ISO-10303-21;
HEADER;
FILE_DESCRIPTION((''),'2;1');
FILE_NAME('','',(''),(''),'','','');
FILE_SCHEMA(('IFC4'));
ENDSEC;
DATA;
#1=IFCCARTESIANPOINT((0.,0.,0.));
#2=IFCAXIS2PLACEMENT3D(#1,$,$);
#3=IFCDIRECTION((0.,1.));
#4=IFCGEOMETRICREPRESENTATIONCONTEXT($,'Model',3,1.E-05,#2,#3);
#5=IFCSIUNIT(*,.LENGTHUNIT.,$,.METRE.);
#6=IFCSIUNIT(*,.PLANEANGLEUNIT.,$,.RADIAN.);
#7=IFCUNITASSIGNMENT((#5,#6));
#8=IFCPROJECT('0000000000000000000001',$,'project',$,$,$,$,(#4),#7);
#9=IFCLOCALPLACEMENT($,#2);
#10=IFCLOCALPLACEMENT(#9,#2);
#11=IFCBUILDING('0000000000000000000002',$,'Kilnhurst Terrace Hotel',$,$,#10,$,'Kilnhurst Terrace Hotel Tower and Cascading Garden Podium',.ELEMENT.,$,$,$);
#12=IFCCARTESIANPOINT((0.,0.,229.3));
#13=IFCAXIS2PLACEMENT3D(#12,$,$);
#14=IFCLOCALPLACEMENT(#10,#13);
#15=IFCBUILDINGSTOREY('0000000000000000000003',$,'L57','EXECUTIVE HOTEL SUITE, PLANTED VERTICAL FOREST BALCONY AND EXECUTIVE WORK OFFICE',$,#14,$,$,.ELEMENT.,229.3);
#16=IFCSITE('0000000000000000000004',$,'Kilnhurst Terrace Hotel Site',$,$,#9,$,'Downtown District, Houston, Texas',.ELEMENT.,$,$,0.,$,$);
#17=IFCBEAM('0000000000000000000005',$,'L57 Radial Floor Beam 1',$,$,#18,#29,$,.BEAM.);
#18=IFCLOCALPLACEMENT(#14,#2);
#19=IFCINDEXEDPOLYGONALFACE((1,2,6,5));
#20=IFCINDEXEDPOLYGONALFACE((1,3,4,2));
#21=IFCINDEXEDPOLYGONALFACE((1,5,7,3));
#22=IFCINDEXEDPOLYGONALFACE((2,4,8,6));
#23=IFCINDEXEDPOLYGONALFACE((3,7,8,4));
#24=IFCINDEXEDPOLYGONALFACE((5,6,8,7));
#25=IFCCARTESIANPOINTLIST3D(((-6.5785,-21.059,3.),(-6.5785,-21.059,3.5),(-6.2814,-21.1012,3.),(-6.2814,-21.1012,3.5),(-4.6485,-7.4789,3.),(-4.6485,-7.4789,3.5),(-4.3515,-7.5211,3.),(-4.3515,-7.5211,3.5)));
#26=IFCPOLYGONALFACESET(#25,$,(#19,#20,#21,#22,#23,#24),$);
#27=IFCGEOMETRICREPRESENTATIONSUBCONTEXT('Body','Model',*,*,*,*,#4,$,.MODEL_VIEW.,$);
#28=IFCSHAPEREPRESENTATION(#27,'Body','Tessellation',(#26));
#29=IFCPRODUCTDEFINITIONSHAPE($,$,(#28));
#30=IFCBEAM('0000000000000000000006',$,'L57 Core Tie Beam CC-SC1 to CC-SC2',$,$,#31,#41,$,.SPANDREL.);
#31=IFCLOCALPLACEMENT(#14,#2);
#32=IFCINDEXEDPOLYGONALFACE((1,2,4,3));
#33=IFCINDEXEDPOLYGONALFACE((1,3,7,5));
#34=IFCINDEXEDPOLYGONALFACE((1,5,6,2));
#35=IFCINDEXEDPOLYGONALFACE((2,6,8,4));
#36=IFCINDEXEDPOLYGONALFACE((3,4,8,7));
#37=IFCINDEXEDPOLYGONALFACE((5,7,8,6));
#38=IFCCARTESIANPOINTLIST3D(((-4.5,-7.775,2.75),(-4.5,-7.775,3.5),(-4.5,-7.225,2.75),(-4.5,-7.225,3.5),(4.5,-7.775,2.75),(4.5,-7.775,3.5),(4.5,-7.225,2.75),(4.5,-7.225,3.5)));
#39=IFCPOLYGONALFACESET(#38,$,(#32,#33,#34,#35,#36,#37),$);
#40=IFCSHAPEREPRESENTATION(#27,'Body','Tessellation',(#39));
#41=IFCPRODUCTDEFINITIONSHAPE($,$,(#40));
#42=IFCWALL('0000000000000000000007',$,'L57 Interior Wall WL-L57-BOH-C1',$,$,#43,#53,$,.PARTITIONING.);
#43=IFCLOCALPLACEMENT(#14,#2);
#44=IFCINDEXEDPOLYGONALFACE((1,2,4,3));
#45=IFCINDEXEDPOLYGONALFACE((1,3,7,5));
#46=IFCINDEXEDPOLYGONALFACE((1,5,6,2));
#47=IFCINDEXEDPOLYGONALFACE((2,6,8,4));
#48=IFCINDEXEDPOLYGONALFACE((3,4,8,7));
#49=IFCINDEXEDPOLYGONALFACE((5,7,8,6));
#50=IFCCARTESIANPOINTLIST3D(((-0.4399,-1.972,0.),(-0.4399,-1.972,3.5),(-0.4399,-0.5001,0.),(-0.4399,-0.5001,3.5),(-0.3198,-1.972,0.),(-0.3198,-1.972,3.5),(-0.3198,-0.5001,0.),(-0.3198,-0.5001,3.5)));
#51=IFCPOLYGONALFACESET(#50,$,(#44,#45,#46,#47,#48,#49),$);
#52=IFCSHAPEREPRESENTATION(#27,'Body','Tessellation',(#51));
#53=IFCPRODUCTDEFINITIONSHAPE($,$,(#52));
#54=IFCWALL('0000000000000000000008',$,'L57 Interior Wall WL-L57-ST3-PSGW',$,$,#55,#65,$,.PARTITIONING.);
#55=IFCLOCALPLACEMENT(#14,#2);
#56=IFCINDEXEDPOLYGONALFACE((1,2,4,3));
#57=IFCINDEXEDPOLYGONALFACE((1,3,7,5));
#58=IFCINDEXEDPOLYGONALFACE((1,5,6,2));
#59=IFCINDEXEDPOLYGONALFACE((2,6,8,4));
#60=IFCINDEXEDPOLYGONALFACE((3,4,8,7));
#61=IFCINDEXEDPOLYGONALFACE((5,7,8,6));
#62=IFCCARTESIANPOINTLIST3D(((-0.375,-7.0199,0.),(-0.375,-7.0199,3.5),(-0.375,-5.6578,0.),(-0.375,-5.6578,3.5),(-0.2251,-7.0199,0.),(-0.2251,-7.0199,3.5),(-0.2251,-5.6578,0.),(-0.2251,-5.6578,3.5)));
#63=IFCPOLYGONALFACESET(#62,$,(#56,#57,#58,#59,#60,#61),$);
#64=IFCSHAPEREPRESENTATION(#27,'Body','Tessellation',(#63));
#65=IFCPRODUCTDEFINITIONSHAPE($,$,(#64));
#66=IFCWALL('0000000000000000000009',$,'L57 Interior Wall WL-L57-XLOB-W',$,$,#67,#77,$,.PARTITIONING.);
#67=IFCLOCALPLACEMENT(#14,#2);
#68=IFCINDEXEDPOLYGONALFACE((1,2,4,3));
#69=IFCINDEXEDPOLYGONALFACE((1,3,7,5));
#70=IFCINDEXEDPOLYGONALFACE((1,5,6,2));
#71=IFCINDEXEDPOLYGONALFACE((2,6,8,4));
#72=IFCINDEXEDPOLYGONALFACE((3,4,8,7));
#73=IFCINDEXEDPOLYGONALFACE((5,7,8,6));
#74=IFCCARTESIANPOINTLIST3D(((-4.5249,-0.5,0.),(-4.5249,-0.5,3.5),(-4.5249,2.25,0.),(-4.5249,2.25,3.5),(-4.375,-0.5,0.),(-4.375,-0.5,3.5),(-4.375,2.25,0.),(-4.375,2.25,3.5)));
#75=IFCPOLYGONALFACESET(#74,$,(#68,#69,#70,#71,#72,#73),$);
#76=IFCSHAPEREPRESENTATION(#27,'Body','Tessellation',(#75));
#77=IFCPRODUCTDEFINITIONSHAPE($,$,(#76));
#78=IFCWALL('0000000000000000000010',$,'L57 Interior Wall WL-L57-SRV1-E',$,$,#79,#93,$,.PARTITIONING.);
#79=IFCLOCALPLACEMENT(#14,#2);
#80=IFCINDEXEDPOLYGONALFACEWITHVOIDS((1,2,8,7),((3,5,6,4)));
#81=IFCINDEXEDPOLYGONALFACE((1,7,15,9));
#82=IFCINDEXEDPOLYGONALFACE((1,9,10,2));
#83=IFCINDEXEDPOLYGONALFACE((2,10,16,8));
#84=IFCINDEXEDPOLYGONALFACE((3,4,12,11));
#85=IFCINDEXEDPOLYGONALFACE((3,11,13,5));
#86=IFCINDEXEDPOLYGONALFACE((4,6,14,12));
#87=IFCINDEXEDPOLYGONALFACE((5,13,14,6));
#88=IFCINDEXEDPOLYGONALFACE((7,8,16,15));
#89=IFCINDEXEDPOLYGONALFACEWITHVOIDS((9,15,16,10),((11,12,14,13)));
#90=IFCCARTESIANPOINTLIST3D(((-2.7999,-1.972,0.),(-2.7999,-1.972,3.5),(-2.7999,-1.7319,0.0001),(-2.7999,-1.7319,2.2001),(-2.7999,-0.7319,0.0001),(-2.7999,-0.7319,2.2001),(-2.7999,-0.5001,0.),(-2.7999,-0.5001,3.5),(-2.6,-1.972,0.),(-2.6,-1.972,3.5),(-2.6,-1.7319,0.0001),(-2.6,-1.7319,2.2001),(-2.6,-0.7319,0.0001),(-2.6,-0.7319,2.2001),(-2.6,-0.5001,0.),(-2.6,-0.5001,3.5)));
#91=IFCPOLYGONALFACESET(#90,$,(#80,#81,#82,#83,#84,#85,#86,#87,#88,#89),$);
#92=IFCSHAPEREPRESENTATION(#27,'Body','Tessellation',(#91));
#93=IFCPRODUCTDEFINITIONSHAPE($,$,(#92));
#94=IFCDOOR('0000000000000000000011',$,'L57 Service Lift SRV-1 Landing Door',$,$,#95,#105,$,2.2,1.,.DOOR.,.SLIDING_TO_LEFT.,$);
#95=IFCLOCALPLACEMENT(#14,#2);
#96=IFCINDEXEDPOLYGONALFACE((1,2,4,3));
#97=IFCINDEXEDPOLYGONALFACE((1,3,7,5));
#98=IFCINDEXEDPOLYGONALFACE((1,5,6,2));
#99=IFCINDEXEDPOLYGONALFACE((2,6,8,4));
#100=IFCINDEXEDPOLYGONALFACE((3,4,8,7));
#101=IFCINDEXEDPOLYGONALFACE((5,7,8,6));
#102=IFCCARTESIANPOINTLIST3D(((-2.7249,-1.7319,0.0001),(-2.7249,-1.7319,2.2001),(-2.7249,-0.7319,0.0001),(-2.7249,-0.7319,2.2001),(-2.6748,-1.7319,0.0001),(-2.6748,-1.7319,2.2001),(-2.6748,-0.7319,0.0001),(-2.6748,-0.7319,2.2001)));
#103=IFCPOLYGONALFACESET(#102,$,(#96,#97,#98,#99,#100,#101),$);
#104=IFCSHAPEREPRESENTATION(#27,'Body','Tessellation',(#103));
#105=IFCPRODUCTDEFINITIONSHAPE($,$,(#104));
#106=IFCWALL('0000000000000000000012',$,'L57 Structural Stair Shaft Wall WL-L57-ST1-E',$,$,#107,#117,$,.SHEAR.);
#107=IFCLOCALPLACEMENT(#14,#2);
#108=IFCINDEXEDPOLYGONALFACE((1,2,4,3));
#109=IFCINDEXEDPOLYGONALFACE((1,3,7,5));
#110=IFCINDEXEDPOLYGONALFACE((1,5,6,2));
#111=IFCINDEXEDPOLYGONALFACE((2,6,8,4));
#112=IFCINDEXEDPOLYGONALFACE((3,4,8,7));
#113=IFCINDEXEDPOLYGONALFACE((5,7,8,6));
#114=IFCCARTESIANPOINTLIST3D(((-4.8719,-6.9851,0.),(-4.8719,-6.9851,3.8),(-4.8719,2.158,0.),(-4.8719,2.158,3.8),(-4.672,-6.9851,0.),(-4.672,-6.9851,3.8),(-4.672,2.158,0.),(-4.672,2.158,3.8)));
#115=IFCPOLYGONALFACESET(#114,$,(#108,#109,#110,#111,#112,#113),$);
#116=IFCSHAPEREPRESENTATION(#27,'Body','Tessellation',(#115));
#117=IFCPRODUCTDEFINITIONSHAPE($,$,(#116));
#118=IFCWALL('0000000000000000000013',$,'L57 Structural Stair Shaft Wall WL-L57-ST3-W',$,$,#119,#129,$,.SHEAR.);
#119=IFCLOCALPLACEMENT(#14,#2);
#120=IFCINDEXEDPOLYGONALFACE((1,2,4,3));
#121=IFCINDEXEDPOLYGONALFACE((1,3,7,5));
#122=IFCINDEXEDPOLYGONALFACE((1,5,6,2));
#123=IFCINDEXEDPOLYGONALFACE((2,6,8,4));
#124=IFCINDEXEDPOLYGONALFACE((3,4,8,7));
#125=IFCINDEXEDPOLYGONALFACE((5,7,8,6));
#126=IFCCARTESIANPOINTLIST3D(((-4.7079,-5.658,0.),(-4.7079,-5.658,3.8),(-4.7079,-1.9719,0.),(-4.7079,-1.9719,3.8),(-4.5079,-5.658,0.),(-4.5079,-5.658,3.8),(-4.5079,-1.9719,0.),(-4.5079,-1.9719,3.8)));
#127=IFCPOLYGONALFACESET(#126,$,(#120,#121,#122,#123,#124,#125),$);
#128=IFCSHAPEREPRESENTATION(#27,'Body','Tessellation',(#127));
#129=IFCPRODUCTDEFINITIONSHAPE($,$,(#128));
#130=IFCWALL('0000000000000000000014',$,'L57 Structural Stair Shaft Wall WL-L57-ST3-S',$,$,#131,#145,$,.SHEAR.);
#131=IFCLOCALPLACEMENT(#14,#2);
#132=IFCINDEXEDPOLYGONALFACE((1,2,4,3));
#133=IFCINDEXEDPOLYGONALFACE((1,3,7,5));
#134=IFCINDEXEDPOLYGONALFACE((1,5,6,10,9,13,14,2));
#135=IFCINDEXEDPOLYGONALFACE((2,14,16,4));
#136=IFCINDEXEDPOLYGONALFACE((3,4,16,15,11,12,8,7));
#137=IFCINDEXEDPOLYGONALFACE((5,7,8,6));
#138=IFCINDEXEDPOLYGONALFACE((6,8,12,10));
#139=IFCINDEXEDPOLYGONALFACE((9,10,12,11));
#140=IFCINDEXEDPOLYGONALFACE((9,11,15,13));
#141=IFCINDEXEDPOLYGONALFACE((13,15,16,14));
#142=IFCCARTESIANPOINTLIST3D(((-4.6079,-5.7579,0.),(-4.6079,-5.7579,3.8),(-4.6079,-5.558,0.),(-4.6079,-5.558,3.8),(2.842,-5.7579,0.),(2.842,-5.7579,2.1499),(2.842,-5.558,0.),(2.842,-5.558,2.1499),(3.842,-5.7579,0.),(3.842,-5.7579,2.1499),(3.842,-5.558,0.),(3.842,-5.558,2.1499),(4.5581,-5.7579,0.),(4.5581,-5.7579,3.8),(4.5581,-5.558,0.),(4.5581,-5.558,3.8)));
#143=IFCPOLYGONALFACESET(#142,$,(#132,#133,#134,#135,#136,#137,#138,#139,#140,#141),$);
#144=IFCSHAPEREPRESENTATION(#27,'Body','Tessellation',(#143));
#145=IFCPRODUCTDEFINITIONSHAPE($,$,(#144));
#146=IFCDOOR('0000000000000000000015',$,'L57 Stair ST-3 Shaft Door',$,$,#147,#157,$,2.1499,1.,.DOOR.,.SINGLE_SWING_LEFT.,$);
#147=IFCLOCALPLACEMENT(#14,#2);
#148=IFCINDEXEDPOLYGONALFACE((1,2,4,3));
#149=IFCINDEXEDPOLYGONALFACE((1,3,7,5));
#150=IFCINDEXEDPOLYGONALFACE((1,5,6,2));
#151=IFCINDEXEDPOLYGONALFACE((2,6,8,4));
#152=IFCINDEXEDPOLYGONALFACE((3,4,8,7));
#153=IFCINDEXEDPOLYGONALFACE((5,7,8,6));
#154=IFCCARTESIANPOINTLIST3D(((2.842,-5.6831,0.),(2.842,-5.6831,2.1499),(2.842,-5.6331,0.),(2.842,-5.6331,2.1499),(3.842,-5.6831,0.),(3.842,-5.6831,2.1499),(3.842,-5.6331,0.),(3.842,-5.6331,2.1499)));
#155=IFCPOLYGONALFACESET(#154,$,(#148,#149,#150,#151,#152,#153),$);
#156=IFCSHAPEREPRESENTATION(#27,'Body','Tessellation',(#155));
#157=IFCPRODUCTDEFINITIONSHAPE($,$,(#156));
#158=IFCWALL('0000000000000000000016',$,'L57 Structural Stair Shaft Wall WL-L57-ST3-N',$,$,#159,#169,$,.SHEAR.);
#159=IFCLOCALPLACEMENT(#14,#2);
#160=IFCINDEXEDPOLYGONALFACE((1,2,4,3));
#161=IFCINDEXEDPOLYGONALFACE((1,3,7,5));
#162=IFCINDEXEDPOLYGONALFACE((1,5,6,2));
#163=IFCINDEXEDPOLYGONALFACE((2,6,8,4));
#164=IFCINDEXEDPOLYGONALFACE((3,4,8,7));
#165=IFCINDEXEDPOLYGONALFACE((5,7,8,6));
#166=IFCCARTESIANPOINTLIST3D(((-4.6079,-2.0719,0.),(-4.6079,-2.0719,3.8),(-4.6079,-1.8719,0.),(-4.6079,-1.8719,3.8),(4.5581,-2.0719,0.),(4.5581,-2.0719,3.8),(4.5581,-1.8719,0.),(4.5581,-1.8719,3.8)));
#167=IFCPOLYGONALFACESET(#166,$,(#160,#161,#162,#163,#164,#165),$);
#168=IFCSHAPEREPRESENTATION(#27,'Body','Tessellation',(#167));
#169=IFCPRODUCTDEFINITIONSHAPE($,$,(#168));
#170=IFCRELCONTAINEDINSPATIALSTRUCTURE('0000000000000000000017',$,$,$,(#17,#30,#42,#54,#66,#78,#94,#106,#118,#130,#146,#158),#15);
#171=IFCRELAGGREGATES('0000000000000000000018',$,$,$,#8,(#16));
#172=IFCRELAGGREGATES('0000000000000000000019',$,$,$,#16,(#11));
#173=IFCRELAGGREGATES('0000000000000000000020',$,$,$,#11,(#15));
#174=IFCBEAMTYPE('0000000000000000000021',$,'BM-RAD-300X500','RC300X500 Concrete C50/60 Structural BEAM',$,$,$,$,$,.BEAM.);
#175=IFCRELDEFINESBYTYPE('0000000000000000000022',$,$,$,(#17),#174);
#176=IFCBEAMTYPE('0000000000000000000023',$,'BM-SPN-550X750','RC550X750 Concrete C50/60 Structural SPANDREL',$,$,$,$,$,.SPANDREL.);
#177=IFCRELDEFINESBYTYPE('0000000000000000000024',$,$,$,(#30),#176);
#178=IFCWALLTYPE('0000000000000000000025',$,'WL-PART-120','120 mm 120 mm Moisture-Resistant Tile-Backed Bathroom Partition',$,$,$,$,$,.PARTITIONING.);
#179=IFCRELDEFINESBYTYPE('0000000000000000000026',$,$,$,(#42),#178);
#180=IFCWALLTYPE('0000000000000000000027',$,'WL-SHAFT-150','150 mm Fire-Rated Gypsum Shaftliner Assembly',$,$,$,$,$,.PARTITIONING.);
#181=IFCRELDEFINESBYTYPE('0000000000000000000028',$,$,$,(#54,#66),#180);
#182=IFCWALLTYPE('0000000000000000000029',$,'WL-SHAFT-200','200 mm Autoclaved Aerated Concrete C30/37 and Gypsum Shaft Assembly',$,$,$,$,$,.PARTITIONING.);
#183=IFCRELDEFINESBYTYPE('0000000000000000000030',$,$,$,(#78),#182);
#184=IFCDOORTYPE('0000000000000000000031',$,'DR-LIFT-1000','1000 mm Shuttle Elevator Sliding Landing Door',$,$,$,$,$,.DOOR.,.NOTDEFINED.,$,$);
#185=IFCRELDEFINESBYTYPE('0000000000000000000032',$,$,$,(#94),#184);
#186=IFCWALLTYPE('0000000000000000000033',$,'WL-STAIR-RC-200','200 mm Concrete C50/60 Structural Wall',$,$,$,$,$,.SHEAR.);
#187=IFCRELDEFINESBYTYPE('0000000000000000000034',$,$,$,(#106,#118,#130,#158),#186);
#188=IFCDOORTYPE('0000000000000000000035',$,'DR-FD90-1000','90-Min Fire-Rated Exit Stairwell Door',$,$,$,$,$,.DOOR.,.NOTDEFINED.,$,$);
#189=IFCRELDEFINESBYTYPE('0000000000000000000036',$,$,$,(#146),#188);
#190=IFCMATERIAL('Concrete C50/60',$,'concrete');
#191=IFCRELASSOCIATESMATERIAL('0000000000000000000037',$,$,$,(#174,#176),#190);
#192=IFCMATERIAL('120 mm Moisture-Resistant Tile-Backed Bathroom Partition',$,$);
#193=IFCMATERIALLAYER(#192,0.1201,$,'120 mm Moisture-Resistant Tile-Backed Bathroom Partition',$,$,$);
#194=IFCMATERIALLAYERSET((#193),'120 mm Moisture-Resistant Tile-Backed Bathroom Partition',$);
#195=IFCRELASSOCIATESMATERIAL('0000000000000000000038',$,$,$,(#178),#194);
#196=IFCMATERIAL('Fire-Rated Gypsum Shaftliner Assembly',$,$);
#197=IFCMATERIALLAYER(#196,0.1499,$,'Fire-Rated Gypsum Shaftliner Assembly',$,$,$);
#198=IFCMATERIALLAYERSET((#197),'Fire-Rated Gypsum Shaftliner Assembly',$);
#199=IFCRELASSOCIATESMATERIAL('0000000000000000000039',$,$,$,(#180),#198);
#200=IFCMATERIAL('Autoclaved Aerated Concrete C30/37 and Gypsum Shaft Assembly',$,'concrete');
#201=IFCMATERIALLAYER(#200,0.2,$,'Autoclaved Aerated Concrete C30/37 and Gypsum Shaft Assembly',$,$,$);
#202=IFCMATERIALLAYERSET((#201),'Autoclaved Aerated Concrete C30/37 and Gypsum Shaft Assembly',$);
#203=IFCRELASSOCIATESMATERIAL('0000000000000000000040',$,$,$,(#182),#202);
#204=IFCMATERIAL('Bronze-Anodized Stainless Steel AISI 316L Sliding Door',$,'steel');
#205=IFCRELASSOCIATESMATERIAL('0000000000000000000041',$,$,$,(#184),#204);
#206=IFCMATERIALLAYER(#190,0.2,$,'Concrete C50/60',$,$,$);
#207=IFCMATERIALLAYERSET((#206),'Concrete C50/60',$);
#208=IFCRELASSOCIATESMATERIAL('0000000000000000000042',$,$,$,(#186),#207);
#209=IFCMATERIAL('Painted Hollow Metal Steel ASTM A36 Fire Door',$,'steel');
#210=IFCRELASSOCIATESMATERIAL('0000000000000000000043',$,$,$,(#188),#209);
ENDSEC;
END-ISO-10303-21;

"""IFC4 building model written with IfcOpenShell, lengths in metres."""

from ifc_helpers import new_model, si_unit, direction, frame, frame_2d, origin, origin_2d, place, context, subcontext, project, spatial, rectangle, extrude, material, layer, layer_set, material_profile, profile_set, type_object, element, fill, save


model = new_model("IFC4")

# Units and contexts
model_context = context("Model", 3, precision=1e-05, world=origin(), true_north=direction((0.0, 1.0)))
body_context = subcontext(model_context, "Body", "Model", "MODEL_VIEW")
ifc_project = project(units=[si_unit("LENGTHUNIT", "METRE"), si_unit("PLANEANGLEUNIT", "RADIAN")], contexts=[model_context])

# Site, building, storey
site_placement = place(None, origin())
site = spatial("IfcSite", under=ifc_project, at=site_placement, Name="Kilnhurst Terrace Hotel Site", LongName="Downtown District, Houston, Texas", CompositionType="ELEMENT", RefElevation=0.0)
building_placement = place(site_placement, origin())
building = spatial("IfcBuilding", under=site, at=building_placement, Name="Kilnhurst Terrace Hotel", LongName="Kilnhurst Terrace Hotel Tower and Cascading Garden Podium", CompositionType="ELEMENT")
storey_placement = place(building_placement, frame((0.0, 0.0, 229.3)))
storey = spatial("IfcBuildingStorey", under=building, at=storey_placement, Name="L57", Description="EXECUTIVE HOTEL SUITE, PLANTED VERTICAL FOREST BALCONY AND EXECUTIVE WORK OFFICE", CompositionType="ELEMENT", Elevation=229.3)

# Beams
ifc_material_1 = material(Name="Concrete C50/60", Category="concrete")
ifc_material_profile_1 = material_profile(ifc_material_1, rectangle(XDim=0.3, YDim=0.5, at=origin_2d()), Name="RC300X500")
ifc_profile_set_1 = profile_set([ifc_material_profile_1], Name="Concrete C50/60")
beam_type_1 = type_object("IfcBeamType", Name="BM-RAD-300X500", Description="RC300X500 Concrete C50/60 Structural BEAM", PredefinedType="BEAM", material=ifc_profile_set_1)
beam_1_placement = place(storey_placement, frame((-4.5, -7.5, 3.25), z_axis=(-0.140701, -0.990052, 0.0), x_axis=(0.990052, -0.140701, 0.0)))
element("IfcBeam", 1, at=beam_1_placement, inside=storey, type_object=beam_type_1, Name="L57 Radial Floor Beam 1", PredefinedType="BEAM", context=body_context, shape_type="SweptSolid", body=[
    extrude(rectangle(XDim=0.3, YDim=0.5, at=origin_2d()), origin(), (0.0, 0.0, 1.0), 13.7166),
])
ifc_material_profile_2 = material_profile(ifc_material_1, rectangle(XDim=0.55, YDim=0.75, at=origin_2d()), Name="RC550X750")
ifc_profile_set_2 = profile_set([ifc_material_profile_2], Name="Concrete C50/60")
beam_type_2 = type_object("IfcBeamType", Name="BM-SPN-550X750", Description="RC550X750 Concrete C50/60 Structural SPANDREL", PredefinedType="SPANDREL", material=ifc_profile_set_2)
beam_2_placement = place(storey_placement, frame((-4.5, -7.5, 3.125), z_axis=(1.0, 0.0, 0.0), x_axis=(0.0, 1.0, 0.0)))
element("IfcBeam", 2, at=beam_2_placement, inside=storey, type_object=beam_type_2, Name="L57 Core Tie Beam CC-SC1 to CC-SC2", PredefinedType="SPANDREL", context=body_context, shape_type="SweptSolid", body=[
    extrude(rectangle(XDim=0.55, YDim=0.75, at=origin_2d()), origin(), (0.0, 0.0, 1.0), 9.0),
])

# Walls
ifc_material_2 = material(Name="120 mm Moisture-Resistant Tile-Backed Bathroom Partition")
ifc_layer_1 = layer(ifc_material_2, 0.1201, Name="120 mm Moisture-Resistant Tile-Backed Bathroom Partition")
ifc_layer_set_1 = layer_set([ifc_layer_1], Name="120 mm Moisture-Resistant Tile-Backed Bathroom Partition")
wall_type_1 = type_object("IfcWallType", Name="WL-PART-120", Description="120 mm 120 mm Moisture-Resistant Tile-Backed Bathroom Partition", PredefinedType="PARTITIONING", material=ifc_layer_set_1)
wall_1_placement = place(storey_placement, frame((-0.3799, -1.9719, 0.0), z_axis=(0.0, 0.0, 1.0), x_axis=(0.0, 1.0, 0.0)))
element("IfcWall", 3, at=wall_1_placement, inside=storey, type_object=wall_type_1, Name="L57 Interior Wall WL-L57-BOH-C1", PredefinedType="PARTITIONING", context=body_context, shape_type="SweptSolid", body=[
    extrude(rectangle(XDim=1.4719, YDim=0.1201, at=frame_2d((0.7358, 0.0))), origin(), (0.0, 0.0, 1.0), 3.5),
])
ifc_material_3 = material(Name="Fire-Rated Gypsum Shaftliner Assembly")
ifc_layer_2 = layer(ifc_material_3, 0.1499, Name="Fire-Rated Gypsum Shaftliner Assembly")
ifc_layer_set_2 = layer_set([ifc_layer_2], Name="Fire-Rated Gypsum Shaftliner Assembly")
wall_type_2 = type_object("IfcWallType", Name="WL-SHAFT-150", Description="150 mm Fire-Rated Gypsum Shaftliner Assembly", PredefinedType="PARTITIONING", material=ifc_layer_set_2)
wall_2_placement = place(storey_placement, frame((-0.3, -7.02, 0.0), z_axis=(0.0, 0.0, 1.0), x_axis=(0.0, 1.0, 0.0)))
element("IfcWall", 4, at=wall_2_placement, inside=storey, type_object=wall_type_2, Name="L57 Interior Wall WL-L57-ST3-PSGW", PredefinedType="PARTITIONING", context=body_context, shape_type="SweptSolid", body=[
    extrude(rectangle(XDim=1.3621, YDim=0.1499, at=frame_2d((0.6812, 0.0))), origin(), (0.0, 0.0, 1.0), 3.5),
])
wall_3_placement = place(storey_placement, frame((-4.45, -0.5, 0.0), z_axis=(0.0, 0.0, 1.0), x_axis=(0.0, 1.0, 0.0)))
element("IfcWall", 5, at=wall_3_placement, inside=storey, type_object=wall_type_2, Name="L57 Interior Wall WL-L57-XLOB-W", PredefinedType="PARTITIONING", context=body_context, shape_type="SweptSolid", body=[
    extrude(rectangle(XDim=2.75, YDim=0.1499, at=frame_2d((1.375, 0.0))), origin(), (0.0, 0.0, 1.0), 3.5),
])

# Wall, opening, door
ifc_material_4 = material(Name="Autoclaved Aerated Concrete C30/37 and Gypsum Shaft Assembly", Category="concrete")
ifc_layer_3 = layer(ifc_material_4, 0.2, Name="Autoclaved Aerated Concrete C30/37 and Gypsum Shaft Assembly")
ifc_layer_set_3 = layer_set([ifc_layer_3], Name="Autoclaved Aerated Concrete C30/37 and Gypsum Shaft Assembly")
wall_type_3 = type_object("IfcWallType", Name="WL-SHAFT-200", Description="200 mm Autoclaved Aerated Concrete C30/37 and Gypsum Shaft Assembly", PredefinedType="PARTITIONING", material=ifc_layer_set_3)
wall_4_placement = place(storey_placement, frame((-2.7, -1.9719, 0.0), z_axis=(0.0, 0.0, 1.0), x_axis=(0.0, 1.0, 0.0)))
wall_4 = element("IfcWall", 6, at=wall_4_placement, inside=storey, type_object=wall_type_3, Name="L57 Interior Wall WL-L57-SRV1-E", PredefinedType="PARTITIONING", context=body_context, shape_type="SweptSolid", body=[
    extrude(rectangle(XDim=1.4719, YDim=0.2, at=frame_2d((0.7358, 0.0))), origin(), (0.0, 0.0, 1.0), 3.5),
])
opening_1_placement = place(wall_4_placement, frame((0.24, 0.0, 0.0)))
opening_1 = element("IfcOpeningElement", 7, at=opening_1_placement, cuts=wall_4, PredefinedType="OPENING", context=body_context, shape_type="SweptSolid", body=[
    extrude(rectangle(XDim=1.0, YDim=2.2, at=frame_2d((0.5, 1.1001))), frame((0.0, 0.1099, 0.0), z_axis=(0.0, -1.0, 0.0), x_axis=(1.0, 0.0, 0.0)), (0.0, 0.0, 1.0), 0.22),
])
ifc_material_5 = material(Name="Bronze-Anodized Stainless Steel AISI 316L Sliding Door", Category="steel")
door_type_1 = type_object("IfcDoorType", Name="DR-LIFT-1000", Description="1000 mm Shuttle Elevator Sliding Landing Door", OperationType="NOTDEFINED", PredefinedType="DOOR", material=ifc_material_5)
door_1_placement = place(opening_1_placement, origin())
door_1 = element("IfcDoor", 8, at=door_1_placement, inside=storey, type_object=door_type_1, Name="L57 Service Lift SRV-1 Landing Door", OperationType="SLIDING_TO_LEFT", OverallHeight=2.2, OverallWidth=1.0, PredefinedType="DOOR", context=body_context, shape_type="SweptSolid", body=[
    extrude(rectangle(XDim=1.0, YDim=2.2, at=frame_2d((0.5, 1.1001))), frame((0.0, 0.0249, 0.0), z_axis=(0.0, -1.0, 0.0), x_axis=(1.0, 0.0, 0.0)), (0.0, 0.0, 1.0), 0.05),
])
fill(opening_1, door_1)

# Walls
ifc_layer_4 = layer(ifc_material_1, 0.2, Name="Concrete C50/60")
ifc_layer_set_4 = layer_set([ifc_layer_4], Name="Concrete C50/60")
wall_type_4 = type_object("IfcWallType", Name="WL-STAIR-RC-200", Description="200 mm Concrete C50/60 Structural Wall", PredefinedType="SHEAR", material=ifc_layer_set_4)
wall_5_placement = place(storey_placement, frame((-4.772, -6.9851, 0.0), z_axis=(0.0, 0.0, 1.0), x_axis=(0.0, 1.0, 0.0)))
element("IfcWall", 9, at=wall_5_placement, inside=storey, type_object=wall_type_4, Name="L57 Structural Stair Shaft Wall WL-L57-ST1-E", PredefinedType="SHEAR", context=body_context, shape_type="SweptSolid", body=[
    extrude(rectangle(XDim=9.1431, YDim=0.2, at=frame_2d((4.5715, 0.0))), origin(), (0.0, 0.0, 1.0), 3.8),
])
wall_6_placement = place(storey_placement, frame((-4.6079, -5.658, 0.0), z_axis=(0.0, 0.0, 1.0), x_axis=(0.0, 1.0, 0.0)))
element("IfcWall", 10, at=wall_6_placement, inside=storey, type_object=wall_type_4, Name="L57 Structural Stair Shaft Wall WL-L57-ST3-W", PredefinedType="SHEAR", context=body_context, shape_type="SweptSolid", body=[
    extrude(rectangle(XDim=3.686, YDim=0.2, at=frame_2d((1.843, 0.0))), origin(), (0.0, 0.0, 1.0), 3.8),
])

# Wall, opening, door
wall_7_placement = place(storey_placement, frame((-4.6079, -5.658, 0.0), z_axis=(0.0, 0.0, 1.0), x_axis=(1.0, 0.0, 0.0)))
wall_7 = element("IfcWall", 11, at=wall_7_placement, inside=storey, type_object=wall_type_4, Name="L57 Structural Stair Shaft Wall WL-L57-ST3-S", PredefinedType="SHEAR", context=body_context, shape_type="SweptSolid", body=[
    extrude(rectangle(XDim=9.166, YDim=0.2, at=frame_2d((4.583, 0.0))), origin(), (0.0, 0.0, 1.0), 3.8),
])
opening_2_placement = place(wall_7_placement, frame((7.45, 0.0, 0.0)))
opening_2 = element("IfcOpeningElement", 12, at=opening_2_placement, cuts=wall_7, PredefinedType="OPENING", context=body_context, shape_type="SweptSolid", body=[
    extrude(rectangle(XDim=1.0, YDim=2.1499, at=frame_2d((0.5, 1.075))), frame((0.0, 0.1099, 0.0), z_axis=(0.0, -1.0, 0.0), x_axis=(1.0, 0.0, 0.0)), (0.0, 0.0, 1.0), 0.22),
])
ifc_material_6 = material(Name="Painted Hollow Metal Steel ASTM A36 Fire Door", Category="steel")
door_type_2 = type_object("IfcDoorType", Name="DR-FD90-1000", Description="90-Min Fire-Rated Exit Stairwell Door", OperationType="NOTDEFINED", PredefinedType="DOOR", material=ifc_material_6)
door_2_placement = place(opening_2_placement, origin())
door_2 = element("IfcDoor", 13, at=door_2_placement, inside=storey, type_object=door_type_2, Name="L57 Stair ST-3 Shaft Door", OperationType="SINGLE_SWING_LEFT", OverallHeight=2.1499, OverallWidth=1.0, PredefinedType="DOOR", context=body_context, shape_type="SweptSolid", body=[
    extrude(rectangle(XDim=1.0, YDim=2.1499, at=frame_2d((0.5, 1.075))), frame((0.0, 0.0249, 0.0), z_axis=(0.0, -1.0, 0.0), x_axis=(1.0, 0.0, 0.0)), (0.0, 0.0, 1.0), 0.05),
])
fill(opening_2, door_2)

# Wall
wall_8_placement = place(storey_placement, frame((-4.6079, -1.9719, 0.0), z_axis=(0.0, 0.0, 1.0), x_axis=(1.0, 0.0, 0.0)))
element("IfcWall", 14, at=wall_8_placement, inside=storey, type_object=wall_type_4, Name="L57 Structural Stair Shaft Wall WL-L57-ST3-N", PredefinedType="SHEAR", context=body_context, shape_type="SweptSolid", body=[
    extrude(rectangle(XDim=9.166, YDim=0.2, at=frame_2d((4.583, 0.0))), origin(), (0.0, 0.0, 1.0), 3.8),
])

save(model, "model.ifc")
